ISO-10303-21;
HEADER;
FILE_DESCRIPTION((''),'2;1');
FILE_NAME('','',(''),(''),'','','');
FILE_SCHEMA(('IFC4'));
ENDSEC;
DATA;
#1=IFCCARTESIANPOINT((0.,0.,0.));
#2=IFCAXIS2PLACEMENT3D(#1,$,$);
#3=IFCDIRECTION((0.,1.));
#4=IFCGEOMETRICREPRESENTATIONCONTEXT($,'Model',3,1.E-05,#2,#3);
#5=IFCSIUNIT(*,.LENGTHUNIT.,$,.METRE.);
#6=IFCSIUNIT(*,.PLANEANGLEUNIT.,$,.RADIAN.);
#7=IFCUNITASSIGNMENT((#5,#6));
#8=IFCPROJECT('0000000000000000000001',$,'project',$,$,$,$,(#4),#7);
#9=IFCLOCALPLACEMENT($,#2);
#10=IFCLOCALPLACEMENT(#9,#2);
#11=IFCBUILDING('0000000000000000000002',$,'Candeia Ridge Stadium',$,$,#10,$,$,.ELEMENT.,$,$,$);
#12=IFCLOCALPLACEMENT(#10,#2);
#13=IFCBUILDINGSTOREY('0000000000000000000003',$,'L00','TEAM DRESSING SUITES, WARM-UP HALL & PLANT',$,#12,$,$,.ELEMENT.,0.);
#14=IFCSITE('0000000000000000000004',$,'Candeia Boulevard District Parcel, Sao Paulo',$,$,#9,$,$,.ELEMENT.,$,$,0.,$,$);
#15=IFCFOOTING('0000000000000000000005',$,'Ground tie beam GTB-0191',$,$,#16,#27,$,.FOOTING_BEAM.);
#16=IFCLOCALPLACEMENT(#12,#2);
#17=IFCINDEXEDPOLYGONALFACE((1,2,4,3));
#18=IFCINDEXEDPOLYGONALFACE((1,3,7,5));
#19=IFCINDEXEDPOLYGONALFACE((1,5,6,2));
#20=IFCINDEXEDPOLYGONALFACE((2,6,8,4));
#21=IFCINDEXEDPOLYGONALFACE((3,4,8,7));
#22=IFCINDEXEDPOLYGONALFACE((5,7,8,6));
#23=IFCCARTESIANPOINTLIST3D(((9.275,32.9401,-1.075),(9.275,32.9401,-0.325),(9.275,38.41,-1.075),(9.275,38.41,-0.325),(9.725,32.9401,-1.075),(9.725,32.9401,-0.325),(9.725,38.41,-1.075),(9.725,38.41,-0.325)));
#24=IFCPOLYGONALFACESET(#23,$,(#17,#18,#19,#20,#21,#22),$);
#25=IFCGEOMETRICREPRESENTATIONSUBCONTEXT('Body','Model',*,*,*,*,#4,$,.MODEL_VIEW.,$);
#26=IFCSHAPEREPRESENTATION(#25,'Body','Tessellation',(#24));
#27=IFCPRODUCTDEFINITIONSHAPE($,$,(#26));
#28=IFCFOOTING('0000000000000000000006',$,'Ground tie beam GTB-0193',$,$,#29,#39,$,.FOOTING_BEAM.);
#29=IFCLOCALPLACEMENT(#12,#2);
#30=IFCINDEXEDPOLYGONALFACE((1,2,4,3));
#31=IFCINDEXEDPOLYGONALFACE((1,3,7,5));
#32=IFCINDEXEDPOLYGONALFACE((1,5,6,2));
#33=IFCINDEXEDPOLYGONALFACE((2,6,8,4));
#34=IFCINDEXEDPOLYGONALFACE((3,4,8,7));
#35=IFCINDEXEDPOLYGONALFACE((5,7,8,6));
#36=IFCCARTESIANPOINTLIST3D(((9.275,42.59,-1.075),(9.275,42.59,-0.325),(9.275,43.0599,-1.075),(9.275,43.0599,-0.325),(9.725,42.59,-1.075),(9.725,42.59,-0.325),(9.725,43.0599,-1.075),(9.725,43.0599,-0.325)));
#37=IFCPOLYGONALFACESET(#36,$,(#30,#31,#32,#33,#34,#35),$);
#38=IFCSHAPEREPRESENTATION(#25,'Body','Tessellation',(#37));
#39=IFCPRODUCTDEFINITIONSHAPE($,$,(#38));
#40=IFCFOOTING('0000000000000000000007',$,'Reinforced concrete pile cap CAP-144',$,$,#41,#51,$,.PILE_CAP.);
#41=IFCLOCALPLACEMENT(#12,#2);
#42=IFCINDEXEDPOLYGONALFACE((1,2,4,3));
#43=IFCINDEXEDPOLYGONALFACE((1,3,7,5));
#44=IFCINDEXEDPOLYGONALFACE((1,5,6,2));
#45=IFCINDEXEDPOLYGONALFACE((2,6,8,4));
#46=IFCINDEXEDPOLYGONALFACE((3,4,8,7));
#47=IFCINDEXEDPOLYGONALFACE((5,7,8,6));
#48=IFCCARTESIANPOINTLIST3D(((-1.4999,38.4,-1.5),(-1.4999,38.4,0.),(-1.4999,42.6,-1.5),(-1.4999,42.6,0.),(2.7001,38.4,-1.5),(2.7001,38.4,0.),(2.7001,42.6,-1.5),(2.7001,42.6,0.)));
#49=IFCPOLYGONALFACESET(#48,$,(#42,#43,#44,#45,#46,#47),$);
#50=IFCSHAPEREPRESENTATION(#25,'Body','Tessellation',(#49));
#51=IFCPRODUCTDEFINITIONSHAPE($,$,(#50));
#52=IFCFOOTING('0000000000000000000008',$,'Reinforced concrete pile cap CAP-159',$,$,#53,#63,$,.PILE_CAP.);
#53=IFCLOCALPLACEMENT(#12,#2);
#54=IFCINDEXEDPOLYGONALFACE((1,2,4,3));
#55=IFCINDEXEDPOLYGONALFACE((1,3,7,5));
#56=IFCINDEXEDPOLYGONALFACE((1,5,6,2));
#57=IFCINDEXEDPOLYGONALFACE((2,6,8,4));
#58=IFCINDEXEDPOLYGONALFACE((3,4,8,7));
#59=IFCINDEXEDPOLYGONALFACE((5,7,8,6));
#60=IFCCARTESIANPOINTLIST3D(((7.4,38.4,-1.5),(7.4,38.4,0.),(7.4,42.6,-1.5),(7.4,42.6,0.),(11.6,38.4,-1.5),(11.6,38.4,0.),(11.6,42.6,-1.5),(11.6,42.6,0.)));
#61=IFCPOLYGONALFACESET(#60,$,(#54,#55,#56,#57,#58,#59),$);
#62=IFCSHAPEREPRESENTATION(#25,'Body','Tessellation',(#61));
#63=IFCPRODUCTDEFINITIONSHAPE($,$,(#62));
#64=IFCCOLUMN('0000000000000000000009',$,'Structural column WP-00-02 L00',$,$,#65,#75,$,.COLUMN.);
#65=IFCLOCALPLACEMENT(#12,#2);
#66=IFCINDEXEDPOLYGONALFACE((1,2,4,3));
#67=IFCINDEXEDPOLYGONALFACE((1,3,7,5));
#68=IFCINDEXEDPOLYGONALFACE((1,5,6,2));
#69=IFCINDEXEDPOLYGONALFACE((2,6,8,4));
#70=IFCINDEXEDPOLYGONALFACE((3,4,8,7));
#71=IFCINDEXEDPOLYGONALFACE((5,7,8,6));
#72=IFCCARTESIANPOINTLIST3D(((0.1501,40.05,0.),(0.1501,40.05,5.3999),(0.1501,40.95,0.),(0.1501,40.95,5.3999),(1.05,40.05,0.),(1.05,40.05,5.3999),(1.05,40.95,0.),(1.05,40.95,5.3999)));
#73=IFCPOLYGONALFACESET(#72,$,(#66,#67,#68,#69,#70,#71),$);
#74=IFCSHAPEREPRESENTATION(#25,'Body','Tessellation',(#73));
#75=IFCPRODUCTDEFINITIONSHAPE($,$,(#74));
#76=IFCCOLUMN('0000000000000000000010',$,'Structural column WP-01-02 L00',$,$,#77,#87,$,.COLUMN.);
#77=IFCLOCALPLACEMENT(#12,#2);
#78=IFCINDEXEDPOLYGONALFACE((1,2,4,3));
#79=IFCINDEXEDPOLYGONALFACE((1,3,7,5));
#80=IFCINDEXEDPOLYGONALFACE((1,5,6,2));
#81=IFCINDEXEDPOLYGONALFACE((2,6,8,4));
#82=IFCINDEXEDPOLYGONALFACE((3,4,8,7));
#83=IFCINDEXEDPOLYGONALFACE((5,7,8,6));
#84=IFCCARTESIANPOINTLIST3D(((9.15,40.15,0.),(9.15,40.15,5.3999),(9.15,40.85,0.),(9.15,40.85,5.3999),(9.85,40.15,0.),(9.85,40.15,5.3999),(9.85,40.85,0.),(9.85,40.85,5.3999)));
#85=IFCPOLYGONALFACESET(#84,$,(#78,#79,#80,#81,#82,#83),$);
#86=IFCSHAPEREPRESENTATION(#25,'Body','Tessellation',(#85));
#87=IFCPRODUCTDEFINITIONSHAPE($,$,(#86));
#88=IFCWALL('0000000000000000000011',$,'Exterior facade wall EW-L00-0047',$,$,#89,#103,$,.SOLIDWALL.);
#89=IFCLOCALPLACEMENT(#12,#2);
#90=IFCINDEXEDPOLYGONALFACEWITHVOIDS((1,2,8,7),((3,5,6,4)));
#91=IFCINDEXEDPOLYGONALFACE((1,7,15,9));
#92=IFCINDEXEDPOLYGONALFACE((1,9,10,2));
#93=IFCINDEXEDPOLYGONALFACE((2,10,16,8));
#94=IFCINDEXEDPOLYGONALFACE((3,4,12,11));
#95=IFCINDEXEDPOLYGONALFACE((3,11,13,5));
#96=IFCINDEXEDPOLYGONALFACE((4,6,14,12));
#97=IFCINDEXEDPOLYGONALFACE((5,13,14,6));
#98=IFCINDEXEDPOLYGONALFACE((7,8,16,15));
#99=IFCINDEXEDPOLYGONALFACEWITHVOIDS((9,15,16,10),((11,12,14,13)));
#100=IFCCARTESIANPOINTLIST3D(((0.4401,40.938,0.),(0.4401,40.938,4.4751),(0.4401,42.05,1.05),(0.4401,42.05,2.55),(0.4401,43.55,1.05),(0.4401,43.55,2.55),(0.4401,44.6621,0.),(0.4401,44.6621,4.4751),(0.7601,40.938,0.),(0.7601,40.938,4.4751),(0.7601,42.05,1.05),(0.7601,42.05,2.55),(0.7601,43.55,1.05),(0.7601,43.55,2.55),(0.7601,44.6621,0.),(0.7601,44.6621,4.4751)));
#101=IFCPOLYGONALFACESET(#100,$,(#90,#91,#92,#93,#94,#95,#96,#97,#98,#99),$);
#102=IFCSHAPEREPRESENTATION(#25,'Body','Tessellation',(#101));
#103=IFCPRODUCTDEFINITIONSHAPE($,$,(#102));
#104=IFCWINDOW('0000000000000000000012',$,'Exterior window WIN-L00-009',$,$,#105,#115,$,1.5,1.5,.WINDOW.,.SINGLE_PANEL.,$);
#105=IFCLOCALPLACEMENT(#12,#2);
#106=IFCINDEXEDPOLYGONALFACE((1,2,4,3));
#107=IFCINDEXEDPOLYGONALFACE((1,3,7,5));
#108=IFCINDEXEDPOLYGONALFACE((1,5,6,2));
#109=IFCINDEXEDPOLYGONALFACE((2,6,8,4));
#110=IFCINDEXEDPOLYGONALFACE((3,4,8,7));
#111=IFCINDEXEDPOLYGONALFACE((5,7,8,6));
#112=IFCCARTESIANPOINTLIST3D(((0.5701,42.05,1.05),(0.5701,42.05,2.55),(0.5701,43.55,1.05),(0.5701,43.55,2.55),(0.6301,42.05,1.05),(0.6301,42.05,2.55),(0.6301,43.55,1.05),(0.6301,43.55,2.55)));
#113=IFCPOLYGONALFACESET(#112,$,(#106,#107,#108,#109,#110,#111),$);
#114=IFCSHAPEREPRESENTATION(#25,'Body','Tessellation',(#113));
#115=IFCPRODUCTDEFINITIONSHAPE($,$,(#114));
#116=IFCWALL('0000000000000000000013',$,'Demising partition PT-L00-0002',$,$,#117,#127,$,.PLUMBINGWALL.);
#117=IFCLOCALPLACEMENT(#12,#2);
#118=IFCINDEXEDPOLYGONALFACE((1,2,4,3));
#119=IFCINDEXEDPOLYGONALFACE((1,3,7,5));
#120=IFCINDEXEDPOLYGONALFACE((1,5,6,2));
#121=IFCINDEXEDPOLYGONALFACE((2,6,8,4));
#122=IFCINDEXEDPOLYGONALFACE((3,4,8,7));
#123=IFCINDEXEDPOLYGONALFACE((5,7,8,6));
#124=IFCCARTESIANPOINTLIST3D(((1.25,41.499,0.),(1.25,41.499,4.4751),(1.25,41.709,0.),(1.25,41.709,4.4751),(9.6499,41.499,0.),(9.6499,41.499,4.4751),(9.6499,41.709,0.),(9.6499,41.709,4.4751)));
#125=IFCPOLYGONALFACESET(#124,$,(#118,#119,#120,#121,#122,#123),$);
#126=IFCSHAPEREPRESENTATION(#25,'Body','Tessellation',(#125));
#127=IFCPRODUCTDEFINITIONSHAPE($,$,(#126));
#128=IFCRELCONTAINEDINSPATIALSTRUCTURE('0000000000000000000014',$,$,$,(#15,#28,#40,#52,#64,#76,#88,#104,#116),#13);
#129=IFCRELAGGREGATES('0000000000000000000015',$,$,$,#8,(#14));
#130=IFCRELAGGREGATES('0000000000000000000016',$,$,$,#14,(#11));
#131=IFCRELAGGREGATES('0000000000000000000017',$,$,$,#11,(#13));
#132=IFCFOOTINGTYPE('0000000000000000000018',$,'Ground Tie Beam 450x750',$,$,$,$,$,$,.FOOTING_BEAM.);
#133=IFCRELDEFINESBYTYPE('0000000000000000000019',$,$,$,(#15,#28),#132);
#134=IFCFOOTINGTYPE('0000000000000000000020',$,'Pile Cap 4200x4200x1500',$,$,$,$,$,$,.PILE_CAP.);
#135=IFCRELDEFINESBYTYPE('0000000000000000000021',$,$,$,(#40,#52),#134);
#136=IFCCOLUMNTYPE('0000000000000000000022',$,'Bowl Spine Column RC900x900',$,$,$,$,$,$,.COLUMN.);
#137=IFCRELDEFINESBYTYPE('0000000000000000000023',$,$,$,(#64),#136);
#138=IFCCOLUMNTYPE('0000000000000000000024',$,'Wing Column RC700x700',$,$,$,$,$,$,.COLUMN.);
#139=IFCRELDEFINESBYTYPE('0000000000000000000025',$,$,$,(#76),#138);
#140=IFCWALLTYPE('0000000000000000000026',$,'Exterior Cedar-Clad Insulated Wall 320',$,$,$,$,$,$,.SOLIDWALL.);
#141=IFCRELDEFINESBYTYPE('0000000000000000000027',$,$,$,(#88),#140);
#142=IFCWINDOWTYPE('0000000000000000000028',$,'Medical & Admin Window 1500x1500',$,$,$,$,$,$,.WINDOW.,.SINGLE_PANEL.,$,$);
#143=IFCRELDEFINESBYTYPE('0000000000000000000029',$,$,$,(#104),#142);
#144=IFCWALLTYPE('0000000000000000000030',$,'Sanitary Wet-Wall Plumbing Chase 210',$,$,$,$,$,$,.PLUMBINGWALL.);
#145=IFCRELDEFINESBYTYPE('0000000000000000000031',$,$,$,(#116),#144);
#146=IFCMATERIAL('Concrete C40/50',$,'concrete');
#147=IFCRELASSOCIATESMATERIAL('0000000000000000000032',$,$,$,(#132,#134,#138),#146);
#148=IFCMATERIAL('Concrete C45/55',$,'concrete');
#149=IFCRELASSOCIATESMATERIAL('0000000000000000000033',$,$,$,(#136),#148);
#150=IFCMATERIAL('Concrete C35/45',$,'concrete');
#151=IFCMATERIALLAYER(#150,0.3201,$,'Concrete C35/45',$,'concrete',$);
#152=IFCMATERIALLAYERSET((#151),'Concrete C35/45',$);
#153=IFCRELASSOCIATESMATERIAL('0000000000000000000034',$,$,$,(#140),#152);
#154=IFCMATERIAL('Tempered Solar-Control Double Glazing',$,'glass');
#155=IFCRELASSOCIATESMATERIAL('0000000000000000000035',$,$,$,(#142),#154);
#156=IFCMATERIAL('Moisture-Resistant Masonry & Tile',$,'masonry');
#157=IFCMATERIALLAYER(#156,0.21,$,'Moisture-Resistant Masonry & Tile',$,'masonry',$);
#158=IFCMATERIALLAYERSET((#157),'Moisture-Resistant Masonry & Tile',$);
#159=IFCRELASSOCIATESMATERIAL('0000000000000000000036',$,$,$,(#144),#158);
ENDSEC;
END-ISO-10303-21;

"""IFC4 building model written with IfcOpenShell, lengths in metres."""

from ifc_helpers import new_model, si_unit, direction, frame, frame_2d, origin, origin_2d, place, context, subcontext, project, spatial, rectangle, extrude, material, layer, layer_set, material_profile, profile_set, type_object, element, fill, save


model = new_model("IFC4")

# Units and contexts
model_context = context("Model", 3, precision=1e-05, world=origin(), true_north=direction((0.0, 1.0)))
body_context = subcontext(model_context, "Body", "Model", "MODEL_VIEW")
ifc_project = project(units=[si_unit("LENGTHUNIT", "METRE"), si_unit("PLANEANGLEUNIT", "RADIAN")], contexts=[model_context])

# Site, building, storey
site_placement = place(None, origin())
site = spatial("IfcSite", under=ifc_project, at=site_placement, Name="Candeia Boulevard District Parcel, Sao Paulo", CompositionType="ELEMENT", RefElevation=0.0)
building_placement = place(site_placement, origin())
building = spatial("IfcBuilding", under=site, at=building_placement, Name="Candeia Ridge Stadium", CompositionType="ELEMENT")
storey_placement = place(building_placement, origin())
storey = spatial("IfcBuildingStorey", under=building, at=storey_placement, Name="L00", Description="TEAM DRESSING SUITES, WARM-UP HALL & PLANT", CompositionType="ELEMENT", Elevation=0.0)

# Shared definitions
ifc_material_1 = material(Name="Concrete C40/50", Category="concrete")

# Footings
footing_type_1 = type_object("IfcFootingType", Name="Ground Tie Beam 450x750", PredefinedType="FOOTING_BEAM", material=ifc_material_1)
footing_1_placement = place(storey_placement, frame((9.5, 35.675, -1.075), z_axis=(0.0, 0.0, 1.0), x_axis=(0.0, 1.0, 0.0)))
element("IfcFooting", 1, at=footing_1_placement, inside=storey, type_object=footing_type_1, Name="Ground tie beam GTB-0191", PredefinedType="FOOTING_BEAM", context=body_context, shape_type="SweptSolid", body=[
    extrude(rectangle(XDim=5.47, YDim=0.45, at=origin_2d()), origin(), (0.0, 0.0, 1.0), 0.75),
])
footing_2_placement = place(storey_placement, frame((9.5, 42.825, -1.075), z_axis=(0.0, 0.0, 1.0), x_axis=(0.0, 1.0, 0.0)))
element("IfcFooting", 2, at=footing_2_placement, inside=storey, type_object=footing_type_1, Name="Ground tie beam GTB-0193", PredefinedType="FOOTING_BEAM", context=body_context, shape_type="SweptSolid", body=[
    extrude(rectangle(XDim=0.47, YDim=0.45, at=origin_2d()), origin(), (0.0, 0.0, 1.0), 0.75),
])
footing_type_2 = type_object("IfcFootingType", Name="Pile Cap 4200x4200x1500", PredefinedType="PILE_CAP", material=ifc_material_1)
for number, where, z_axis, x_axis, name in (
    (3, (0.6001, 40.5, -1.5), (0.0, 0.0, 1.0), (1.0, 0.0, 0.0), "Reinforced concrete pile cap CAP-144"),
    (4, (9.5, 40.5, -1.5), (0.0, 0.0, 1.0), (1.0, 0.0, 0.0), "Reinforced concrete pile cap CAP-159"),
):
    element("IfcFooting", number, at=place(storey_placement, frame(where, z_axis=z_axis, x_axis=x_axis)), inside=storey, type_object=footing_type_2, Name=name, PredefinedType="PILE_CAP", context=body_context, shape_type="SweptSolid", body=[
        extrude(rectangle(XDim=4.2, YDim=4.2, at=origin_2d()), origin(), (0.0, 0.0, 1.0), 1.5),
    ])

# Columns
ifc_material_2 = material(Name="Concrete C45/55", Category="concrete")
ifc_material_profile_1 = material_profile(ifc_material_2, rectangle(XDim=0.8999, YDim=0.8999, at=origin_2d()), Name="RC900x900", Category="concrete")
ifc_profile_set_1 = profile_set([ifc_material_profile_1], Name="Concrete C45/55")
column_type_1 = type_object("IfcColumnType", Name="Bowl Spine Column RC900x900", PredefinedType="COLUMN", material=ifc_profile_set_1)
column_1_placement = place(storey_placement, frame((0.6001, 40.5, 0.0), z_axis=(0.0, 0.0, 1.0), x_axis=(1.0, 0.0, 0.0)))
element("IfcColumn", 5, at=column_1_placement, inside=storey, type_object=column_type_1, Name="Structural column WP-00-02 L00", PredefinedType="COLUMN", context=body_context, shape_type="SweptSolid", body=[
    extrude(rectangle(XDim=0.8999, YDim=0.8999, at=origin_2d()), origin(), (0.0, 0.0, 1.0), 5.3999),
])
ifc_material_profile_2 = material_profile(ifc_material_1, rectangle(XDim=0.7, YDim=0.7, at=origin_2d()), Name="RC700x700", Category="concrete")
ifc_profile_set_2 = profile_set([ifc_material_profile_2], Name="Concrete C40/50")
column_type_2 = type_object("IfcColumnType", Name="Wing Column RC700x700", PredefinedType="COLUMN", material=ifc_profile_set_2)
column_2_placement = place(storey_placement, frame((9.5, 40.5, 0.0), z_axis=(0.0, 0.0, 1.0), x_axis=(1.0, 0.0, 0.0)))
element("IfcColumn", 6, at=column_2_placement, inside=storey, type_object=column_type_2, Name="Structural column WP-01-02 L00", PredefinedType="COLUMN", context=body_context, shape_type="SweptSolid", body=[
    extrude(rectangle(XDim=0.7, YDim=0.7, at=origin_2d()), origin(), (0.0, 0.0, 1.0), 5.3999),
])

# Shared definitions
ifc_material_3 = material(Name="Concrete C35/45", Category="concrete")
ifc_layer_1 = layer(ifc_material_3, 0.3201, Name="Concrete C35/45", Category="concrete")
ifc_layer_set_1 = layer_set([ifc_layer_1], Name="Concrete C35/45")
wall_type_1 = type_object("IfcWallType", Name="Exterior Cedar-Clad Insulated Wall 320", PredefinedType="SOLIDWALL", material=ifc_layer_set_1)

# Wall, opening, window
wall_1_placement = place(storey_placement, frame((0.6001, 40.938, 0.0), z_axis=(0.0, 0.0, 1.0), x_axis=(0.0, 1.0, 0.0)))
wall_1 = element("IfcWall", 7, at=wall_1_placement, inside=storey, type_object=wall_type_1, Name="Exterior facade wall EW-L00-0047", PredefinedType="SOLIDWALL", context=body_context, shape_type="SweptSolid", body=[
    extrude(rectangle(XDim=3.7241, YDim=0.3201, at=frame_2d((1.8621, 0.0))), origin(), (0.0, 0.0, 1.0), 4.4751),
])
opening_1_placement = place(wall_1_placement, frame((1.1121, 0.0, 1.05)))
opening_1 = element("IfcOpeningElement", 8, at=opening_1_placement, cuts=wall_1, PredefinedType="OPENING", context=body_context, shape_type="SweptSolid", body=[
    extrude(rectangle(XDim=1.5, YDim=1.5, at=frame_2d((0.75, 0.75))), frame((0.0, 0.1699, 0.0), z_axis=(0.0, -1.0, 0.0), x_axis=(1.0, 0.0, 0.0)), (0.0, 0.0, 1.0), 0.3401),
])
ifc_material_4 = material(Name="Tempered Solar-Control Double Glazing", Category="glass")
window_type = type_object("IfcWindowType", Name="Medical & Admin Window 1500x1500", PartitioningType="SINGLE_PANEL", PredefinedType="WINDOW", material=ifc_material_4)
window_placement = place(opening_1_placement, origin())
window = element("IfcWindow", 9, at=window_placement, inside=storey, type_object=window_type, Name="Exterior window WIN-L00-009", OverallHeight=1.5, OverallWidth=1.5, PartitioningType="SINGLE_PANEL", PredefinedType="WINDOW", context=body_context, shape_type="SweptSolid", body=[
    extrude(rectangle(XDim=1.5, YDim=1.5, at=frame_2d((0.75, 0.75))), frame((0.0, 0.03, 0.0), z_axis=(0.0, -1.0, 0.0), x_axis=(1.0, 0.0, 0.0)), (0.0, 0.0, 1.0), 0.0601),
])
fill(opening_1, window)

# Wall
ifc_material_5 = material(Name="Moisture-Resistant Masonry & Tile", Category="masonry")
ifc_layer_2 = layer(ifc_material_5, 0.21, Name="Moisture-Resistant Masonry & Tile", Category="masonry")
ifc_layer_set_2 = layer_set([ifc_layer_2], Name="Moisture-Resistant Masonry & Tile")
wall_type_2 = type_object("IfcWallType", Name="Sanitary Wet-Wall Plumbing Chase 210", PredefinedType="PLUMBINGWALL", material=ifc_layer_set_2)
wall_2_placement = place(storey_placement, frame((9.6499, 41.604, 0.0), z_axis=(0.0, 0.0, 1.0), x_axis=(-1.0, 0.0, 0.0)))
element("IfcWall", 10, at=wall_2_placement, inside=storey, type_object=wall_type_2, Name="Demising partition PT-L00-0002", PredefinedType="PLUMBINGWALL", context=body_context, shape_type="SweptSolid", body=[
    extrude(rectangle(XDim=8.3999, YDim=0.21, at=frame_2d((4.2, 0.0))), origin(), (0.0, 0.0, 1.0), 4.4751),
])

save(model, "model.ifc")
